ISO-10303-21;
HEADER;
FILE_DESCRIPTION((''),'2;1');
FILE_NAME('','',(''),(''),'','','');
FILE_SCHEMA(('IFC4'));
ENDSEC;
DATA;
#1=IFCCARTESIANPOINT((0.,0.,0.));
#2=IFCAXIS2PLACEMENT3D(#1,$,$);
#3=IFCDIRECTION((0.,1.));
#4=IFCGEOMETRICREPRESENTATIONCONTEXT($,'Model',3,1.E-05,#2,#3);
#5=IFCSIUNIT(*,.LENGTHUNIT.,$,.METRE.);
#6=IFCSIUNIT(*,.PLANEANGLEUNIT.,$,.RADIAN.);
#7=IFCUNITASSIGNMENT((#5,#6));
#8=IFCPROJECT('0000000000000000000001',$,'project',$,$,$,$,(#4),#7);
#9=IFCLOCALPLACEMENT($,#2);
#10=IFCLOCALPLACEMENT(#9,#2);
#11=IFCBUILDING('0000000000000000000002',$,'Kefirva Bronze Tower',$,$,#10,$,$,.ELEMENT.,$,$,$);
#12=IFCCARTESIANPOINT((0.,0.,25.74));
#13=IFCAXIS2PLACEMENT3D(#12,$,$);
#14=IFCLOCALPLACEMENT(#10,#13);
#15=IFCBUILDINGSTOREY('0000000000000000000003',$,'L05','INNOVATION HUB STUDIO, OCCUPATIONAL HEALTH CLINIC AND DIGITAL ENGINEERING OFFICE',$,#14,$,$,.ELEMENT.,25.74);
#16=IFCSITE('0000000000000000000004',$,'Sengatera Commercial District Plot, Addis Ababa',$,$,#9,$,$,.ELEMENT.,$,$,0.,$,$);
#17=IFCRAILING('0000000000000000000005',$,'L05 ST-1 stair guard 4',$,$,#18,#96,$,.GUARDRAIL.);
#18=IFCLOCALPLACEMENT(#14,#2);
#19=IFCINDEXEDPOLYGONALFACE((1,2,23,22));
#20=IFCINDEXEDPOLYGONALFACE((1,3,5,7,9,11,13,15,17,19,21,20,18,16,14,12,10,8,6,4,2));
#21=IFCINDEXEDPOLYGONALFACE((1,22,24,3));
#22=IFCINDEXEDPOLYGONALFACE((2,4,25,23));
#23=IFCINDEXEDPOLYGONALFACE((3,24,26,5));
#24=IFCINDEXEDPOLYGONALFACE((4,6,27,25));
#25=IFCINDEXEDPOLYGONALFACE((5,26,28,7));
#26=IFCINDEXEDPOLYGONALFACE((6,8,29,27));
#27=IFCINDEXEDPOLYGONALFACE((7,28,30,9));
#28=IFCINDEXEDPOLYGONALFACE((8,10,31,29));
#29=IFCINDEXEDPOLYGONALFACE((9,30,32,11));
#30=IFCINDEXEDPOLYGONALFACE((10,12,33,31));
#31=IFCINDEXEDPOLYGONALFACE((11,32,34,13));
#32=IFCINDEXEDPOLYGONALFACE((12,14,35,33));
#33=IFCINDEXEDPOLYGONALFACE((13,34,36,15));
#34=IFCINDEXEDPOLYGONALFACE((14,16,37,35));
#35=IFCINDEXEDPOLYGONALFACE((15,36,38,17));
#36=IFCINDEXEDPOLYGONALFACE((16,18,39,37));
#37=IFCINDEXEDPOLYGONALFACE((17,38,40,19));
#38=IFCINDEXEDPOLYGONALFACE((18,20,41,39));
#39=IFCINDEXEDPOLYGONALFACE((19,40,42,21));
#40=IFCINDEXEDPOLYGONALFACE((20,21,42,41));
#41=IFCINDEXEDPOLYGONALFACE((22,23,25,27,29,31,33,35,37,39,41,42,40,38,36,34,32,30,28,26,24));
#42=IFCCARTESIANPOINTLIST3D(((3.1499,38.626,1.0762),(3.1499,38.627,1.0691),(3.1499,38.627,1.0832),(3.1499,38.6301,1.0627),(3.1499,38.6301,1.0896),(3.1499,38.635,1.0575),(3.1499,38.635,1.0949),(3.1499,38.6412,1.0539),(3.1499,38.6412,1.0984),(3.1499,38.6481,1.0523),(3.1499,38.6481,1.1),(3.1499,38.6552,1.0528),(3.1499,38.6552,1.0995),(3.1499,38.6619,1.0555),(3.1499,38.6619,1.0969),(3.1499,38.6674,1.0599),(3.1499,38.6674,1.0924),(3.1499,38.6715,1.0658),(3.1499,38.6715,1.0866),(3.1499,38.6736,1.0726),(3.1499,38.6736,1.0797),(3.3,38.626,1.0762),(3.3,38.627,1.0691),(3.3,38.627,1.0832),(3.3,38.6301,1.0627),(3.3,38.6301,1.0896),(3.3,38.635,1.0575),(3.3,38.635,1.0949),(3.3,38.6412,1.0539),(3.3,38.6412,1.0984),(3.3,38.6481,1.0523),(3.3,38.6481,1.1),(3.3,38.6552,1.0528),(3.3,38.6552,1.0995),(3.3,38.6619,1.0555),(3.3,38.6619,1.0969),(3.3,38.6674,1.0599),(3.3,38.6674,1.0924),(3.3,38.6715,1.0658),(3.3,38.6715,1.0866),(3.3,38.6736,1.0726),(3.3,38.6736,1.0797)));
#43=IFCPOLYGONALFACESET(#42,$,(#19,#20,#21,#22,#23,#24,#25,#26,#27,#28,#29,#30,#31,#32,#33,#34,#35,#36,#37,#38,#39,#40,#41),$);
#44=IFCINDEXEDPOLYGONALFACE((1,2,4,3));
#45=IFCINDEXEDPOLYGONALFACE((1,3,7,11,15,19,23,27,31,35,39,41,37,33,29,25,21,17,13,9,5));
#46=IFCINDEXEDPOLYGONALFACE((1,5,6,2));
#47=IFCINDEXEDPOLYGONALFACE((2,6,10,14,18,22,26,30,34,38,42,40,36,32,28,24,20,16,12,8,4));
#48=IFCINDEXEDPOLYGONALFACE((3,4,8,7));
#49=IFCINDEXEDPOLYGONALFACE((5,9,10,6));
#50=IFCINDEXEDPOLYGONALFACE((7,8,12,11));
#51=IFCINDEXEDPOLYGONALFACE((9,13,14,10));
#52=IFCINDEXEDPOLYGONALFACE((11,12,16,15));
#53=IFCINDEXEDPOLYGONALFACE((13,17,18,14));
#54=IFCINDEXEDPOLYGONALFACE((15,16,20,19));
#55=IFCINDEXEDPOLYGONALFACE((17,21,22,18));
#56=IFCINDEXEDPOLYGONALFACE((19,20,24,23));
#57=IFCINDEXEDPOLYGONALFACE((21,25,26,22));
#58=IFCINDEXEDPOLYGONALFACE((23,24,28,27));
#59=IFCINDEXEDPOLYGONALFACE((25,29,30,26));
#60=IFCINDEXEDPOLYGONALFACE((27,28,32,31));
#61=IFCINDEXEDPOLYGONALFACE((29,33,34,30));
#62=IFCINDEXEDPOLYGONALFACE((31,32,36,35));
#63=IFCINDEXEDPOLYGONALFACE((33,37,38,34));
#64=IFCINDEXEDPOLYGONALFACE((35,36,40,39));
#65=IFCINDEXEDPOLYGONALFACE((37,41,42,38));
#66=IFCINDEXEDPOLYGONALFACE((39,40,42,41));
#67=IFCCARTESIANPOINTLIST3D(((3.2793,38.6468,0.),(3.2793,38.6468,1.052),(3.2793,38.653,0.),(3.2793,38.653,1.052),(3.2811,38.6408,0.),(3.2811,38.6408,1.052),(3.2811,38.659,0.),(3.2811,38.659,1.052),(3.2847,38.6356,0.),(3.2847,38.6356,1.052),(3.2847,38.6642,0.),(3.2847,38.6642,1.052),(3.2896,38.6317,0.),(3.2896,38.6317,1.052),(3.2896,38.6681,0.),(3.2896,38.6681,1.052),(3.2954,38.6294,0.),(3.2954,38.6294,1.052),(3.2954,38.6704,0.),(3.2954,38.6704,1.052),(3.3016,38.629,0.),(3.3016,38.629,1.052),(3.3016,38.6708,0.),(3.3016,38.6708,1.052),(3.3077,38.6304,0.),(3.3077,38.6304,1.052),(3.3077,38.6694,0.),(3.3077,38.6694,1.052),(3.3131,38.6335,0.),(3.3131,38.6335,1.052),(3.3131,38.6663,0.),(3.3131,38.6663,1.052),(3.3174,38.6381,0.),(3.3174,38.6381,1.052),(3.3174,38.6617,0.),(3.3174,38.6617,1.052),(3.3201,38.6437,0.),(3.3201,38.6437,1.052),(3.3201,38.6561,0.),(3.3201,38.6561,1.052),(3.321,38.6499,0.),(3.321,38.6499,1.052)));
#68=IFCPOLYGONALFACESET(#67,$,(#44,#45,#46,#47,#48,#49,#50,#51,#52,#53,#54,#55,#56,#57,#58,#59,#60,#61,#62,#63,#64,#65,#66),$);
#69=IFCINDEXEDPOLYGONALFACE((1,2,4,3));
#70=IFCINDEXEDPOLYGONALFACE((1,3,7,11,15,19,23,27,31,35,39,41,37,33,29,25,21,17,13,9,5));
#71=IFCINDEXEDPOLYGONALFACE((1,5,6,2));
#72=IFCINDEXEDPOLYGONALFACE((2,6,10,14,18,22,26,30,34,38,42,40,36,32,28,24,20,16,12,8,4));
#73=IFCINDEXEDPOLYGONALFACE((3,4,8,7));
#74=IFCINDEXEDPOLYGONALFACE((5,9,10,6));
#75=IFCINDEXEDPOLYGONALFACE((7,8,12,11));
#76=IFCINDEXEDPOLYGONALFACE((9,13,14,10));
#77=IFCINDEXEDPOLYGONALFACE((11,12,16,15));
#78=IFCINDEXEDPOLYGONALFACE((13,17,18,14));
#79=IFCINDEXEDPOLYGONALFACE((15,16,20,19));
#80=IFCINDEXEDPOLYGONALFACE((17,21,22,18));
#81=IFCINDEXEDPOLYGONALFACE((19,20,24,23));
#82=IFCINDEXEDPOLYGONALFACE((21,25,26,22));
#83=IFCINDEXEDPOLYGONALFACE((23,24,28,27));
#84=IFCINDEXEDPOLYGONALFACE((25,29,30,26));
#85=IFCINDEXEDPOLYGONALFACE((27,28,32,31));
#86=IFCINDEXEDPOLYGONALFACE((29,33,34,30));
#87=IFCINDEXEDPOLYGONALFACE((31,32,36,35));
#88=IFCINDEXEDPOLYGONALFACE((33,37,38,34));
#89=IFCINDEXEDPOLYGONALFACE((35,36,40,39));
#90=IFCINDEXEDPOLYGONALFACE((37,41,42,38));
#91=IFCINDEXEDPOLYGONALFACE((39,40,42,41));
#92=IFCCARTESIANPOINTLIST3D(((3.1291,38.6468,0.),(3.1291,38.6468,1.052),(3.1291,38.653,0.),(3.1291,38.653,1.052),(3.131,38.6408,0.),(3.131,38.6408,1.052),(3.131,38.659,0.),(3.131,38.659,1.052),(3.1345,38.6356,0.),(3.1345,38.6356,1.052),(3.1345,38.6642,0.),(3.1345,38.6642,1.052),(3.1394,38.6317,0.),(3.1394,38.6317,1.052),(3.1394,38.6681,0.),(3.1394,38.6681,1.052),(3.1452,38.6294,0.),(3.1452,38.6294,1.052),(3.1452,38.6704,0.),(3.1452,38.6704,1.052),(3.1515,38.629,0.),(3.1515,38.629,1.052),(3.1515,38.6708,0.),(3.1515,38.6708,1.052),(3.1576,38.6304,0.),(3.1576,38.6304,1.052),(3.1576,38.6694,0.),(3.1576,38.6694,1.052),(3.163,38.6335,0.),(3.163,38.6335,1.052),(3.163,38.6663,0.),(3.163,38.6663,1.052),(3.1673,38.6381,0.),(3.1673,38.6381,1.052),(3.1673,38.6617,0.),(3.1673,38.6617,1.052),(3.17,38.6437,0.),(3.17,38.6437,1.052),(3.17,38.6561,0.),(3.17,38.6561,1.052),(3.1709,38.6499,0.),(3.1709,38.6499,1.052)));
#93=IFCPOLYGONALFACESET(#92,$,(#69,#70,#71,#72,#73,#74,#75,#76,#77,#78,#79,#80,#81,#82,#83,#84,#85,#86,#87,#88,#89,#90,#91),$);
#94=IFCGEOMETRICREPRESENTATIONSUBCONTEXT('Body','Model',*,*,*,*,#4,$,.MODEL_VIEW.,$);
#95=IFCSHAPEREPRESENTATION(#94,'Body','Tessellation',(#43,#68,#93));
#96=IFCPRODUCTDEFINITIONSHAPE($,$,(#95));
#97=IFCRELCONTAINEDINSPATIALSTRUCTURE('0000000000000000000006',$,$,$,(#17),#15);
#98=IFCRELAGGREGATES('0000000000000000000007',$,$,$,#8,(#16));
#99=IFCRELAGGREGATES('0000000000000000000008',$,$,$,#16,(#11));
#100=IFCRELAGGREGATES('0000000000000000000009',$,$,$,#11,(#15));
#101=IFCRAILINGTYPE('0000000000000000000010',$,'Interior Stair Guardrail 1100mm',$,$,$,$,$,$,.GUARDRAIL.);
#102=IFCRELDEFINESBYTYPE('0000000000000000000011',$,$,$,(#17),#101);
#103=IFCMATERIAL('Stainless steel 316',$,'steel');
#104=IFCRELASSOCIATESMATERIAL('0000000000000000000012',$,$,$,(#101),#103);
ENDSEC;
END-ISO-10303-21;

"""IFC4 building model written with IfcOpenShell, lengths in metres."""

from ifc_helpers import new_model, si_unit, direction, frame, origin, origin_2d, place, context, subcontext, project, spatial, circle, extrude, material, type_object, element, save


model = new_model("IFC4")

# Units and contexts
model_context = context("Model", 3, precision=1e-05, world=origin(), true_north=direction((0.0, 1.0)))
body_context = subcontext(model_context, "Body", "Model", "MODEL_VIEW")
ifc_project = project(units=[si_unit("LENGTHUNIT", "METRE"), si_unit("PLANEANGLEUNIT", "RADIAN")], contexts=[model_context])

# Site, building, storey
site_placement = place(None, origin())
site = spatial("IfcSite", under=ifc_project, at=site_placement, Name="Sengatera Commercial District Plot, Addis Ababa", CompositionType="ELEMENT", RefElevation=0.0)
building_placement = place(site_placement, origin())
building = spatial("IfcBuilding", under=site, at=building_placement, Name="Kefirva Bronze Tower", CompositionType="ELEMENT")
storey_placement = place(building_placement, frame((0.0, 0.0, 25.74)))
storey = spatial("IfcBuildingStorey", under=building, at=storey_placement, Name="L05", Description="INNOVATION HUB STUDIO, OCCUPATIONAL HEALTH CLINIC AND DIGITAL ENGINEERING OFFICE", CompositionType="ELEMENT", Elevation=25.74)

# Shared definitions
ifc_material_1 = material(Name="Stainless steel 316", Category="steel")

# Railing
railing_type_1 = type_object("IfcRailingType", Name="Interior Stair Guardrail 1100mm", PredefinedType="GUARDRAIL", material=ifc_material_1)
railing_1_placement = place(storey_placement, frame((3.3, 38.6499, 0.0)))
element("IfcRailing", 1, at=railing_1_placement, inside=storey, type_object=railing_type_1, Name="L05 ST-1 stair guard 4", PredefinedType="GUARDRAIL", context=body_context, shape_type="SweptSolid", body=[
    extrude(circle(Radius=0.0239, at=origin_2d()), frame((0.0, 0.0, 1.0762), z_axis=(-1.0, 0.0, 0.0), x_axis=(0.0, -1.0, 0.0)), (0.0, 0.0, 1.0), 0.1501),
    extrude(circle(Radius=0.021, at=origin_2d()), origin(), (0.0, 0.0, 1.0), 1.052),
    extrude(circle(Radius=0.021, at=origin_2d()), frame((-0.1501, 0.0, 0.0)), (0.0, 0.0, 1.0), 1.052),
])

save(model, "model.ifc")
